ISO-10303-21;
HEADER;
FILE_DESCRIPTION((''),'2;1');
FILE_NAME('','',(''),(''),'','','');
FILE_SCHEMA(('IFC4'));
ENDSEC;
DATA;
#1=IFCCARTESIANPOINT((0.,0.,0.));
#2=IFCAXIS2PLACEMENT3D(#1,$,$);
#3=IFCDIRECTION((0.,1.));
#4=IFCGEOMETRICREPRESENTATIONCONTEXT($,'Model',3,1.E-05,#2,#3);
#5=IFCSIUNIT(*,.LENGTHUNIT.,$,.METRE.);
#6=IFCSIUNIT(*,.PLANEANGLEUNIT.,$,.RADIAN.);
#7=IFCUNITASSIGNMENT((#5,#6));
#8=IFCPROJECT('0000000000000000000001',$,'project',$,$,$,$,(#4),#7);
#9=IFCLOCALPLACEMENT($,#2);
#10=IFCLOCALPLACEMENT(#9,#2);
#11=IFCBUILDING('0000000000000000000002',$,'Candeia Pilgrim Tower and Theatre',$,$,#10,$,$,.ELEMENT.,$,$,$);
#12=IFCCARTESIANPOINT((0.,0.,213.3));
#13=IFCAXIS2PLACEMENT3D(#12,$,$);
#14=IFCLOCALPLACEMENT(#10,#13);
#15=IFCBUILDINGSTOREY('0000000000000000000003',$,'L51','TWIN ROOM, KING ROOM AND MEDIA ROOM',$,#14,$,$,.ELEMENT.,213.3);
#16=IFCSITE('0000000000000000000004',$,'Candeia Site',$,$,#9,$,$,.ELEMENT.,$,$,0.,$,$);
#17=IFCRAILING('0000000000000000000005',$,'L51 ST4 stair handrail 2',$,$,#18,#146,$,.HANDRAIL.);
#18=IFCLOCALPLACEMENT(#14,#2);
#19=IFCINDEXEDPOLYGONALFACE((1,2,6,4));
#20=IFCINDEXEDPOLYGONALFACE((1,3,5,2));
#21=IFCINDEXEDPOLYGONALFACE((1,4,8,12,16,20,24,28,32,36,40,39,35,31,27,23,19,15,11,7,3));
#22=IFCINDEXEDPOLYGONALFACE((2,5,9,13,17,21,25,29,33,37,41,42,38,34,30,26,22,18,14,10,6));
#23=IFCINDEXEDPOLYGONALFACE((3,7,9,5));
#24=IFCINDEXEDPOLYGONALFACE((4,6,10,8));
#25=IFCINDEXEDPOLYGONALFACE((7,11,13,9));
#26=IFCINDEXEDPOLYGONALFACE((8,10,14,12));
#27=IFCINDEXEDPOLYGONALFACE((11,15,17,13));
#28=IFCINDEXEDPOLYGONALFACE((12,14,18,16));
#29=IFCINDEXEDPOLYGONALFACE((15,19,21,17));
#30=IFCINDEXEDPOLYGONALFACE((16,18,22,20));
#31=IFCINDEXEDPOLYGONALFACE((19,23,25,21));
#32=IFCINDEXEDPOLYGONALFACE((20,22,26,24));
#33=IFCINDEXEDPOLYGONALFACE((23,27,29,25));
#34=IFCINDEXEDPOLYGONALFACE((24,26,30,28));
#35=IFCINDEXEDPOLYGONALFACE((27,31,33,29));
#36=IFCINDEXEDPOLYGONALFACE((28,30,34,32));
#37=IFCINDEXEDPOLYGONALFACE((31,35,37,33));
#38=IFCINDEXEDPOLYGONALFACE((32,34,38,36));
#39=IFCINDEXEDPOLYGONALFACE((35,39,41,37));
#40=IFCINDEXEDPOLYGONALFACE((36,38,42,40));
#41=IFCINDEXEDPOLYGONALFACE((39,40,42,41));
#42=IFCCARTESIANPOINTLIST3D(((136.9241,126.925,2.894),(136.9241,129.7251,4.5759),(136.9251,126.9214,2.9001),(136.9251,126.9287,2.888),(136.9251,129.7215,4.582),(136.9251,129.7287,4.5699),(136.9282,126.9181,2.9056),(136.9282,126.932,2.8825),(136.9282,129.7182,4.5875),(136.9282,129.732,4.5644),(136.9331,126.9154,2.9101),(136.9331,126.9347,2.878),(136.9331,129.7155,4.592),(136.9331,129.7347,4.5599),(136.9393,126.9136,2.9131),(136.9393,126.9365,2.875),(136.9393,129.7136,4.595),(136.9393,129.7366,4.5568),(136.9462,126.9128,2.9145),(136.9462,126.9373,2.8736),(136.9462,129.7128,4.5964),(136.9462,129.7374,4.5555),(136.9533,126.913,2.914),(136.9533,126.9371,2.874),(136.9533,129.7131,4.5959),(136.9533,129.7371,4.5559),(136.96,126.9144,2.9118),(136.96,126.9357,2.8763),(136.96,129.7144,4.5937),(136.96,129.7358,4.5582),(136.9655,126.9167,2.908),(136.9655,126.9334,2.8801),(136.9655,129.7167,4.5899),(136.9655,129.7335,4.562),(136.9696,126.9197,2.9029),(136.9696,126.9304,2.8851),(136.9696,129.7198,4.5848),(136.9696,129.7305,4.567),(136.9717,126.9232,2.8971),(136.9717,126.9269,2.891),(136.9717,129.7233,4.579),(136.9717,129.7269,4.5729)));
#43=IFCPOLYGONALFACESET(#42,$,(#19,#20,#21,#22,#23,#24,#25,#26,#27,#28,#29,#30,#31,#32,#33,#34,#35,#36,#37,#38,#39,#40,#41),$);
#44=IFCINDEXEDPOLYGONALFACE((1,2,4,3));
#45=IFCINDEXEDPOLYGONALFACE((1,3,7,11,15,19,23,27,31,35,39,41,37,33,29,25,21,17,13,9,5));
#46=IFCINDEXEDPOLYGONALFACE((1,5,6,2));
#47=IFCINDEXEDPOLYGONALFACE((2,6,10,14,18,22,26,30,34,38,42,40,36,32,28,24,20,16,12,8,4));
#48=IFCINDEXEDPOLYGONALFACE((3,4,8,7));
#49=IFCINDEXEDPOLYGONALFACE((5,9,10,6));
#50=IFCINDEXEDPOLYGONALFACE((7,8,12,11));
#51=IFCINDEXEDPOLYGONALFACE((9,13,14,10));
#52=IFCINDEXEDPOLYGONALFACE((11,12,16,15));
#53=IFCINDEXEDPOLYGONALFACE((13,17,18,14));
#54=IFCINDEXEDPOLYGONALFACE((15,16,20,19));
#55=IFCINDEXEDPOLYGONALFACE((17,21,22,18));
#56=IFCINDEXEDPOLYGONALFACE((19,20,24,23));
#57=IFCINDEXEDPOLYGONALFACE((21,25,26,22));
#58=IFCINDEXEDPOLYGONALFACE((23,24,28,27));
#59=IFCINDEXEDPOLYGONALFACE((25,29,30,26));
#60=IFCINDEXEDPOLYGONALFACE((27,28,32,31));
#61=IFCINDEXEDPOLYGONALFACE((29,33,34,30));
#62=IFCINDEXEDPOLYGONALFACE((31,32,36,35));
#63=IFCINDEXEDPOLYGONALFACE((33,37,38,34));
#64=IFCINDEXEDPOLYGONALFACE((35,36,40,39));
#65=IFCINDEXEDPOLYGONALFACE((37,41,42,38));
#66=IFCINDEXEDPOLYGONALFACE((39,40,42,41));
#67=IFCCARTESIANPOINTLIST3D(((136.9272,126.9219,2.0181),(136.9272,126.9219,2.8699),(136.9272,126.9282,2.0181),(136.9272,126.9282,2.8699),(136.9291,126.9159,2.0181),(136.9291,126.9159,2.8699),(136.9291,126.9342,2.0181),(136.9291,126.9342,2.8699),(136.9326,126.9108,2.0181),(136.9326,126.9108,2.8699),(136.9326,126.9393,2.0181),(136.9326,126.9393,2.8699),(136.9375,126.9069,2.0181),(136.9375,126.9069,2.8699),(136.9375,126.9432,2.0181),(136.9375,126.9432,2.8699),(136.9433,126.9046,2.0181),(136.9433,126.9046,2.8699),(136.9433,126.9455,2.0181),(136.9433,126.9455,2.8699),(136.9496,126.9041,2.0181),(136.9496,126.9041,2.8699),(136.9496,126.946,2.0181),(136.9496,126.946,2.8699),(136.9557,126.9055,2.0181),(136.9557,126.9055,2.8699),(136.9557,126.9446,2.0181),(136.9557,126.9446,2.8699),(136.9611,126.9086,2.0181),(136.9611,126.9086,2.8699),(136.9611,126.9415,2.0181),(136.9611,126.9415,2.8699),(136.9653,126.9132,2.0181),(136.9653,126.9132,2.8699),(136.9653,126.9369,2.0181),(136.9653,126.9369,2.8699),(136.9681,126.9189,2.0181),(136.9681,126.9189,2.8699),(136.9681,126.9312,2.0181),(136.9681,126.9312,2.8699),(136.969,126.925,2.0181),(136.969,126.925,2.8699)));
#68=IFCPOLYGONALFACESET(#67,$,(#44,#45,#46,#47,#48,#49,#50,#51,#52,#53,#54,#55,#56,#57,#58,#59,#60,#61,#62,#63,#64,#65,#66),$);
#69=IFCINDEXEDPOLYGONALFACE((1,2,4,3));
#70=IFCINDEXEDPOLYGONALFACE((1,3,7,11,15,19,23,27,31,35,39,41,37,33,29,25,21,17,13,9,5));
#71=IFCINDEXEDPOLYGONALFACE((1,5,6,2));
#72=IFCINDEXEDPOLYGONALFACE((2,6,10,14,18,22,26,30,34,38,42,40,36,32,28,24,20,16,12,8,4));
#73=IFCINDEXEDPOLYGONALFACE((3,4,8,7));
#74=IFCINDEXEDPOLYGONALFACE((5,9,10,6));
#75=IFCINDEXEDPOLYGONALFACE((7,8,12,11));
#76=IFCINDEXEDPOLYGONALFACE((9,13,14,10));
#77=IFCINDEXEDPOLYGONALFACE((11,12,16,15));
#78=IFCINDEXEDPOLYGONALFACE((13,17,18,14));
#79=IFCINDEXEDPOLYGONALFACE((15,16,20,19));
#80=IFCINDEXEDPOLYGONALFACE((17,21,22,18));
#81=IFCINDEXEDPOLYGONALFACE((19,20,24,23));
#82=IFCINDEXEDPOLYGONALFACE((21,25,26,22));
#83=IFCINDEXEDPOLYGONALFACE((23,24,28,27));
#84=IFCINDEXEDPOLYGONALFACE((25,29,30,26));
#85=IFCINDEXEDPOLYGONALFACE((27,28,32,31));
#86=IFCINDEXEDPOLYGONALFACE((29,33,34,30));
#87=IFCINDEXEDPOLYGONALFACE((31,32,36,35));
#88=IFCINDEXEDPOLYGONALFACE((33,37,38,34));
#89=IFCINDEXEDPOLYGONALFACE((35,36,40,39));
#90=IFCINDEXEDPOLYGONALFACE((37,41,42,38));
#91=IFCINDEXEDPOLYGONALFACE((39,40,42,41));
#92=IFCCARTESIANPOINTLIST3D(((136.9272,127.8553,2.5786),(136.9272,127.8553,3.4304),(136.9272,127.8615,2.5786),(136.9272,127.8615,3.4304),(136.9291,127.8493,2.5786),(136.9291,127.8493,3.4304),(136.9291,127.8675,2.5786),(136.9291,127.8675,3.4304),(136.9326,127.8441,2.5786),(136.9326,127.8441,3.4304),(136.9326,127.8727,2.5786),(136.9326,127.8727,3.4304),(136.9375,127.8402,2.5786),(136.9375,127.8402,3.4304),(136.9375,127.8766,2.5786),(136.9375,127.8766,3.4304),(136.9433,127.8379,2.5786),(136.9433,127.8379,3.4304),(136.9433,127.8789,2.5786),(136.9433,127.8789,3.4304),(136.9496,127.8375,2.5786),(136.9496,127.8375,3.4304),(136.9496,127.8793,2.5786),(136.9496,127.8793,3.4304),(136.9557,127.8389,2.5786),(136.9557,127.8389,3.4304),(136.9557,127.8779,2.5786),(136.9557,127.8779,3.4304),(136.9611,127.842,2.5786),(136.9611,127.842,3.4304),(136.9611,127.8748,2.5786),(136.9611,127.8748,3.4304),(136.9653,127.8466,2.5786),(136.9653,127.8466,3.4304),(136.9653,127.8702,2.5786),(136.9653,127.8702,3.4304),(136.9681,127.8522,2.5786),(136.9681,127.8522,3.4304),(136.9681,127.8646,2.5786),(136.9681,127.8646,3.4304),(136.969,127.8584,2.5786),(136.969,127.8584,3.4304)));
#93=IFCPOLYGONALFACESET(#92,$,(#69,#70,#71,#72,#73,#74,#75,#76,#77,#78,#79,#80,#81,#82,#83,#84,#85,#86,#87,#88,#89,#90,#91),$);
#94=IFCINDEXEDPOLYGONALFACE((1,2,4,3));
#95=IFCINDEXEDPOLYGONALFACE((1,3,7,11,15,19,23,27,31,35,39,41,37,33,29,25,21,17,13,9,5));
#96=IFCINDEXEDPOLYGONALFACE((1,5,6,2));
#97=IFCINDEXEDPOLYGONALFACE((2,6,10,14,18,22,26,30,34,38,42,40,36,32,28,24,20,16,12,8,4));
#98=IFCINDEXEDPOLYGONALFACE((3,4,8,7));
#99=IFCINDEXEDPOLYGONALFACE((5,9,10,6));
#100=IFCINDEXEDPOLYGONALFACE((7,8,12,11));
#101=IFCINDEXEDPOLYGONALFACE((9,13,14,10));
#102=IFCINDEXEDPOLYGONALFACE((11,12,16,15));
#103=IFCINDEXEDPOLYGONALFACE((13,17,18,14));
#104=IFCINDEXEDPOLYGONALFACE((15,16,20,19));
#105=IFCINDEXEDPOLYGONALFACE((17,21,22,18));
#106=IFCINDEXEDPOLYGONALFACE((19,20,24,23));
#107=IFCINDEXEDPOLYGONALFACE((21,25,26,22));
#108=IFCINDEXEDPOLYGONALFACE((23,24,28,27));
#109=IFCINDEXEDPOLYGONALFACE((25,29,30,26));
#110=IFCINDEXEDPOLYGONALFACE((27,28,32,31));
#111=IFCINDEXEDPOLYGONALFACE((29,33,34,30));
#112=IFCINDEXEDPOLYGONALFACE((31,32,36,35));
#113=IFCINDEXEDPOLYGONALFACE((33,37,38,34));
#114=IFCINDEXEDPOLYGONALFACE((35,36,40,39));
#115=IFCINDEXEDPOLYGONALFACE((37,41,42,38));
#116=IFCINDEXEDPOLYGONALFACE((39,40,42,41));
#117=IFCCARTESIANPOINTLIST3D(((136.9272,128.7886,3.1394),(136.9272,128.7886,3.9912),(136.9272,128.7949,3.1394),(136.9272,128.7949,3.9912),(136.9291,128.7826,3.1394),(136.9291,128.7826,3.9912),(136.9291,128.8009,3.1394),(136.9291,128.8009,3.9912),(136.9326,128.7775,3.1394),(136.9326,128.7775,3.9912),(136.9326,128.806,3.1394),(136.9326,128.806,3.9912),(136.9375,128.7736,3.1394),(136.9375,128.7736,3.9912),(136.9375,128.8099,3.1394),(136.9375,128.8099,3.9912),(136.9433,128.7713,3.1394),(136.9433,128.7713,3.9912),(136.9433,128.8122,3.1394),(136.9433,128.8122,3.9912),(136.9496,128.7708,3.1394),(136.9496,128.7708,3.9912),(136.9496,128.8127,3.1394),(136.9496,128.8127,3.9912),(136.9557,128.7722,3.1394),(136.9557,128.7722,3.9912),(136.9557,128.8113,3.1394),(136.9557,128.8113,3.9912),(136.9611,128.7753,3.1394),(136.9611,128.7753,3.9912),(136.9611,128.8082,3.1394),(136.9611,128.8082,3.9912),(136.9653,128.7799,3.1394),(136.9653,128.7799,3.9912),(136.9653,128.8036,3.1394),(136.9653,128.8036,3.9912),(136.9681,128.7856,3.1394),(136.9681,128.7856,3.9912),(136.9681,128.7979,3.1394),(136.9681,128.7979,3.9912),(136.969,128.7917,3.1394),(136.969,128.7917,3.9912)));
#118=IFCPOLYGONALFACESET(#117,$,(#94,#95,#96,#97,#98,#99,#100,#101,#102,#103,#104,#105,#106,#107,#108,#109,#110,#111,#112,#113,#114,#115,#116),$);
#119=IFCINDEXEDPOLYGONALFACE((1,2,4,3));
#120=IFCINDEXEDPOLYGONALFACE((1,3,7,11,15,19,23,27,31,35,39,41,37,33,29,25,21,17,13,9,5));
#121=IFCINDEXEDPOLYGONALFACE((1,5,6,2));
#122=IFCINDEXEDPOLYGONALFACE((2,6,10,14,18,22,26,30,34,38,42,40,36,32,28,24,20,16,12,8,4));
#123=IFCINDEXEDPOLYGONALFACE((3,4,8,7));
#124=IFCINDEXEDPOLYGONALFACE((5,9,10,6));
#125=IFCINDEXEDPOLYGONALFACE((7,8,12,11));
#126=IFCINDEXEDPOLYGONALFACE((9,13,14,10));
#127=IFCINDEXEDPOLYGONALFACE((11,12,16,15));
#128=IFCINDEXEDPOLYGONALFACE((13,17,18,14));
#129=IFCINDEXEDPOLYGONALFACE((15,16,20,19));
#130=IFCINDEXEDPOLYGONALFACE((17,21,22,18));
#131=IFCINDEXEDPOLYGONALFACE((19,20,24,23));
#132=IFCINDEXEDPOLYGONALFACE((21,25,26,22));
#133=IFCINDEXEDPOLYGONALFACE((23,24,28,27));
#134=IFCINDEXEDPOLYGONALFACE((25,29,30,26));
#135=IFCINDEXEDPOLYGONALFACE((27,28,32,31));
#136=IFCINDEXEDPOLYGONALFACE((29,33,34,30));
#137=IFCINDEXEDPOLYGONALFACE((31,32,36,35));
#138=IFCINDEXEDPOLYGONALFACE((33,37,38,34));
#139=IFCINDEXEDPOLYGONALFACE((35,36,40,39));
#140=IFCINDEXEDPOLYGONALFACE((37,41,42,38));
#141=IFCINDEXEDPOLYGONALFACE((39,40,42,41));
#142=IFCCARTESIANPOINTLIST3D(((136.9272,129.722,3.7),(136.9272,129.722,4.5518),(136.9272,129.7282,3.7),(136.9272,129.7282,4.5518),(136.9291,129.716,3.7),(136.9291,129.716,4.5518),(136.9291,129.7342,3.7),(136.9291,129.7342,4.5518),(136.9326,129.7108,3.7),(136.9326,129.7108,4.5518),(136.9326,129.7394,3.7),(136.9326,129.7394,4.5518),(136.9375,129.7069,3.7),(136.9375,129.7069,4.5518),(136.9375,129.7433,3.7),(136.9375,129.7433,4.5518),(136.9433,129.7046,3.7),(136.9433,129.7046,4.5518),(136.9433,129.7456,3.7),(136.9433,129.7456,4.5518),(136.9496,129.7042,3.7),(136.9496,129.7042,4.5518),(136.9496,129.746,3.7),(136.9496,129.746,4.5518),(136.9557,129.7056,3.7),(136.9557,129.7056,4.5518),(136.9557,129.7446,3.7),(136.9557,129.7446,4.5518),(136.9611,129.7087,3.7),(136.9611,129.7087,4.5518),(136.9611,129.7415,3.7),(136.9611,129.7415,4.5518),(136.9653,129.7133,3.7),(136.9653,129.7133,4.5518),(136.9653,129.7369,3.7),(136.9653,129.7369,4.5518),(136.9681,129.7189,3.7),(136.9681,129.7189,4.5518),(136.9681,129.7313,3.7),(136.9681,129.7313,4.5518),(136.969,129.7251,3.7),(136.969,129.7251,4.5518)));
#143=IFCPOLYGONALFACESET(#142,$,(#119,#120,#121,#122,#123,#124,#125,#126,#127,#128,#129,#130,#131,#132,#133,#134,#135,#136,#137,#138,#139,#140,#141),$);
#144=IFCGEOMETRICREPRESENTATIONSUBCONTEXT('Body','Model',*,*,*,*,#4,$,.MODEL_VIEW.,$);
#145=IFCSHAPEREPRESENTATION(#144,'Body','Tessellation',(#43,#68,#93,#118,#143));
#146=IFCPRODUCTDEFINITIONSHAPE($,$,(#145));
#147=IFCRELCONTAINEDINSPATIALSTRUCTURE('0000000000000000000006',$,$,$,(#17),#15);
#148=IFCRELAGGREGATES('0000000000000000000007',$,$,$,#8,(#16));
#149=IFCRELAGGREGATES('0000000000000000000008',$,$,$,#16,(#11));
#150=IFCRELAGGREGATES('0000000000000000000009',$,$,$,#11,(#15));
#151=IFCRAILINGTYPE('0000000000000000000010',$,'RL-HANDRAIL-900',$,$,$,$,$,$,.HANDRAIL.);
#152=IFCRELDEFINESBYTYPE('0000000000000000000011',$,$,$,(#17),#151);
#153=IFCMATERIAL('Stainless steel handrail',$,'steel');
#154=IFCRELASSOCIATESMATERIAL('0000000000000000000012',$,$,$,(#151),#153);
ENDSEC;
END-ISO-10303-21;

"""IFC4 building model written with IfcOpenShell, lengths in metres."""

from ifc_helpers import new_model, si_unit, direction, frame, origin, origin_2d, place, context, subcontext, project, spatial, circle, extrude, material, type_object, element, save


model = new_model("IFC4")

# Units and contexts
model_context = context("Model", 3, precision=1e-05, world=origin(), true_north=direction((0.0, 1.0)))
body_context = subcontext(model_context, "Body", "Model", "MODEL_VIEW")
ifc_project = project(units=[si_unit("LENGTHUNIT", "METRE"), si_unit("PLANEANGLEUNIT", "RADIAN")], contexts=[model_context])

# Site, building, storey
site_placement = place(None, origin())
site = spatial("IfcSite", under=ifc_project, at=site_placement, Name="Candeia Site", CompositionType="ELEMENT", RefElevation=0.0)
building_placement = place(site_placement, origin())
building = spatial("IfcBuilding", under=site, at=building_placement, Name="Candeia Pilgrim Tower and Theatre", CompositionType="ELEMENT")
storey_placement = place(building_placement, frame((0.0, 0.0, 213.3)))
storey = spatial("IfcBuildingStorey", under=building, at=storey_placement, Name="L51", Description="TWIN ROOM, KING ROOM AND MEDIA ROOM", CompositionType="ELEMENT", Elevation=213.3)

# Railing
ifc_material_1 = material(Name="Stainless steel handrail", Category="steel")
railing_type_1 = type_object("IfcRailingType", Name="RL-HANDRAIL-900", PredefinedType="HANDRAIL", material=ifc_material_1)
railing_1_placement = place(storey_placement, frame((136.948, 126.925, 2.0181)))
element("IfcRailing", 1, at=railing_1_placement, inside=storey, type_object=railing_type_1, Name="L51 ST4 stair handrail 2", PredefinedType="HANDRAIL", context=body_context, shape_type="SweptSolid", body=[
    extrude(circle(Radius=0.0239, at=origin_2d()), frame((0.0, 0.0, 0.876), z_axis=(0.0, 0.857242, 0.514913), x_axis=(-1.0, 0.0, 0.0)), (0.0, 0.0, 1.0), 3.2664),
    extrude(circle(Radius=0.021, at=origin_2d()), origin(), (0.0, 0.0, 1.0), 0.8518),
    extrude(circle(Radius=0.021, at=origin_2d()), frame((0.0, 0.9333, 0.5605)), (0.0, 0.0, 1.0), 0.8518),
    extrude(circle(Radius=0.021, at=origin_2d()), frame((0.0, 1.8667, 1.1213)), (0.0, 0.0, 1.0), 0.8518),
    extrude(circle(Radius=0.021, at=origin_2d()), frame((0.0, 2.8, 1.6819)), (0.0, 0.0, 1.0), 0.8518),
])

save(model, "model.ifc")
